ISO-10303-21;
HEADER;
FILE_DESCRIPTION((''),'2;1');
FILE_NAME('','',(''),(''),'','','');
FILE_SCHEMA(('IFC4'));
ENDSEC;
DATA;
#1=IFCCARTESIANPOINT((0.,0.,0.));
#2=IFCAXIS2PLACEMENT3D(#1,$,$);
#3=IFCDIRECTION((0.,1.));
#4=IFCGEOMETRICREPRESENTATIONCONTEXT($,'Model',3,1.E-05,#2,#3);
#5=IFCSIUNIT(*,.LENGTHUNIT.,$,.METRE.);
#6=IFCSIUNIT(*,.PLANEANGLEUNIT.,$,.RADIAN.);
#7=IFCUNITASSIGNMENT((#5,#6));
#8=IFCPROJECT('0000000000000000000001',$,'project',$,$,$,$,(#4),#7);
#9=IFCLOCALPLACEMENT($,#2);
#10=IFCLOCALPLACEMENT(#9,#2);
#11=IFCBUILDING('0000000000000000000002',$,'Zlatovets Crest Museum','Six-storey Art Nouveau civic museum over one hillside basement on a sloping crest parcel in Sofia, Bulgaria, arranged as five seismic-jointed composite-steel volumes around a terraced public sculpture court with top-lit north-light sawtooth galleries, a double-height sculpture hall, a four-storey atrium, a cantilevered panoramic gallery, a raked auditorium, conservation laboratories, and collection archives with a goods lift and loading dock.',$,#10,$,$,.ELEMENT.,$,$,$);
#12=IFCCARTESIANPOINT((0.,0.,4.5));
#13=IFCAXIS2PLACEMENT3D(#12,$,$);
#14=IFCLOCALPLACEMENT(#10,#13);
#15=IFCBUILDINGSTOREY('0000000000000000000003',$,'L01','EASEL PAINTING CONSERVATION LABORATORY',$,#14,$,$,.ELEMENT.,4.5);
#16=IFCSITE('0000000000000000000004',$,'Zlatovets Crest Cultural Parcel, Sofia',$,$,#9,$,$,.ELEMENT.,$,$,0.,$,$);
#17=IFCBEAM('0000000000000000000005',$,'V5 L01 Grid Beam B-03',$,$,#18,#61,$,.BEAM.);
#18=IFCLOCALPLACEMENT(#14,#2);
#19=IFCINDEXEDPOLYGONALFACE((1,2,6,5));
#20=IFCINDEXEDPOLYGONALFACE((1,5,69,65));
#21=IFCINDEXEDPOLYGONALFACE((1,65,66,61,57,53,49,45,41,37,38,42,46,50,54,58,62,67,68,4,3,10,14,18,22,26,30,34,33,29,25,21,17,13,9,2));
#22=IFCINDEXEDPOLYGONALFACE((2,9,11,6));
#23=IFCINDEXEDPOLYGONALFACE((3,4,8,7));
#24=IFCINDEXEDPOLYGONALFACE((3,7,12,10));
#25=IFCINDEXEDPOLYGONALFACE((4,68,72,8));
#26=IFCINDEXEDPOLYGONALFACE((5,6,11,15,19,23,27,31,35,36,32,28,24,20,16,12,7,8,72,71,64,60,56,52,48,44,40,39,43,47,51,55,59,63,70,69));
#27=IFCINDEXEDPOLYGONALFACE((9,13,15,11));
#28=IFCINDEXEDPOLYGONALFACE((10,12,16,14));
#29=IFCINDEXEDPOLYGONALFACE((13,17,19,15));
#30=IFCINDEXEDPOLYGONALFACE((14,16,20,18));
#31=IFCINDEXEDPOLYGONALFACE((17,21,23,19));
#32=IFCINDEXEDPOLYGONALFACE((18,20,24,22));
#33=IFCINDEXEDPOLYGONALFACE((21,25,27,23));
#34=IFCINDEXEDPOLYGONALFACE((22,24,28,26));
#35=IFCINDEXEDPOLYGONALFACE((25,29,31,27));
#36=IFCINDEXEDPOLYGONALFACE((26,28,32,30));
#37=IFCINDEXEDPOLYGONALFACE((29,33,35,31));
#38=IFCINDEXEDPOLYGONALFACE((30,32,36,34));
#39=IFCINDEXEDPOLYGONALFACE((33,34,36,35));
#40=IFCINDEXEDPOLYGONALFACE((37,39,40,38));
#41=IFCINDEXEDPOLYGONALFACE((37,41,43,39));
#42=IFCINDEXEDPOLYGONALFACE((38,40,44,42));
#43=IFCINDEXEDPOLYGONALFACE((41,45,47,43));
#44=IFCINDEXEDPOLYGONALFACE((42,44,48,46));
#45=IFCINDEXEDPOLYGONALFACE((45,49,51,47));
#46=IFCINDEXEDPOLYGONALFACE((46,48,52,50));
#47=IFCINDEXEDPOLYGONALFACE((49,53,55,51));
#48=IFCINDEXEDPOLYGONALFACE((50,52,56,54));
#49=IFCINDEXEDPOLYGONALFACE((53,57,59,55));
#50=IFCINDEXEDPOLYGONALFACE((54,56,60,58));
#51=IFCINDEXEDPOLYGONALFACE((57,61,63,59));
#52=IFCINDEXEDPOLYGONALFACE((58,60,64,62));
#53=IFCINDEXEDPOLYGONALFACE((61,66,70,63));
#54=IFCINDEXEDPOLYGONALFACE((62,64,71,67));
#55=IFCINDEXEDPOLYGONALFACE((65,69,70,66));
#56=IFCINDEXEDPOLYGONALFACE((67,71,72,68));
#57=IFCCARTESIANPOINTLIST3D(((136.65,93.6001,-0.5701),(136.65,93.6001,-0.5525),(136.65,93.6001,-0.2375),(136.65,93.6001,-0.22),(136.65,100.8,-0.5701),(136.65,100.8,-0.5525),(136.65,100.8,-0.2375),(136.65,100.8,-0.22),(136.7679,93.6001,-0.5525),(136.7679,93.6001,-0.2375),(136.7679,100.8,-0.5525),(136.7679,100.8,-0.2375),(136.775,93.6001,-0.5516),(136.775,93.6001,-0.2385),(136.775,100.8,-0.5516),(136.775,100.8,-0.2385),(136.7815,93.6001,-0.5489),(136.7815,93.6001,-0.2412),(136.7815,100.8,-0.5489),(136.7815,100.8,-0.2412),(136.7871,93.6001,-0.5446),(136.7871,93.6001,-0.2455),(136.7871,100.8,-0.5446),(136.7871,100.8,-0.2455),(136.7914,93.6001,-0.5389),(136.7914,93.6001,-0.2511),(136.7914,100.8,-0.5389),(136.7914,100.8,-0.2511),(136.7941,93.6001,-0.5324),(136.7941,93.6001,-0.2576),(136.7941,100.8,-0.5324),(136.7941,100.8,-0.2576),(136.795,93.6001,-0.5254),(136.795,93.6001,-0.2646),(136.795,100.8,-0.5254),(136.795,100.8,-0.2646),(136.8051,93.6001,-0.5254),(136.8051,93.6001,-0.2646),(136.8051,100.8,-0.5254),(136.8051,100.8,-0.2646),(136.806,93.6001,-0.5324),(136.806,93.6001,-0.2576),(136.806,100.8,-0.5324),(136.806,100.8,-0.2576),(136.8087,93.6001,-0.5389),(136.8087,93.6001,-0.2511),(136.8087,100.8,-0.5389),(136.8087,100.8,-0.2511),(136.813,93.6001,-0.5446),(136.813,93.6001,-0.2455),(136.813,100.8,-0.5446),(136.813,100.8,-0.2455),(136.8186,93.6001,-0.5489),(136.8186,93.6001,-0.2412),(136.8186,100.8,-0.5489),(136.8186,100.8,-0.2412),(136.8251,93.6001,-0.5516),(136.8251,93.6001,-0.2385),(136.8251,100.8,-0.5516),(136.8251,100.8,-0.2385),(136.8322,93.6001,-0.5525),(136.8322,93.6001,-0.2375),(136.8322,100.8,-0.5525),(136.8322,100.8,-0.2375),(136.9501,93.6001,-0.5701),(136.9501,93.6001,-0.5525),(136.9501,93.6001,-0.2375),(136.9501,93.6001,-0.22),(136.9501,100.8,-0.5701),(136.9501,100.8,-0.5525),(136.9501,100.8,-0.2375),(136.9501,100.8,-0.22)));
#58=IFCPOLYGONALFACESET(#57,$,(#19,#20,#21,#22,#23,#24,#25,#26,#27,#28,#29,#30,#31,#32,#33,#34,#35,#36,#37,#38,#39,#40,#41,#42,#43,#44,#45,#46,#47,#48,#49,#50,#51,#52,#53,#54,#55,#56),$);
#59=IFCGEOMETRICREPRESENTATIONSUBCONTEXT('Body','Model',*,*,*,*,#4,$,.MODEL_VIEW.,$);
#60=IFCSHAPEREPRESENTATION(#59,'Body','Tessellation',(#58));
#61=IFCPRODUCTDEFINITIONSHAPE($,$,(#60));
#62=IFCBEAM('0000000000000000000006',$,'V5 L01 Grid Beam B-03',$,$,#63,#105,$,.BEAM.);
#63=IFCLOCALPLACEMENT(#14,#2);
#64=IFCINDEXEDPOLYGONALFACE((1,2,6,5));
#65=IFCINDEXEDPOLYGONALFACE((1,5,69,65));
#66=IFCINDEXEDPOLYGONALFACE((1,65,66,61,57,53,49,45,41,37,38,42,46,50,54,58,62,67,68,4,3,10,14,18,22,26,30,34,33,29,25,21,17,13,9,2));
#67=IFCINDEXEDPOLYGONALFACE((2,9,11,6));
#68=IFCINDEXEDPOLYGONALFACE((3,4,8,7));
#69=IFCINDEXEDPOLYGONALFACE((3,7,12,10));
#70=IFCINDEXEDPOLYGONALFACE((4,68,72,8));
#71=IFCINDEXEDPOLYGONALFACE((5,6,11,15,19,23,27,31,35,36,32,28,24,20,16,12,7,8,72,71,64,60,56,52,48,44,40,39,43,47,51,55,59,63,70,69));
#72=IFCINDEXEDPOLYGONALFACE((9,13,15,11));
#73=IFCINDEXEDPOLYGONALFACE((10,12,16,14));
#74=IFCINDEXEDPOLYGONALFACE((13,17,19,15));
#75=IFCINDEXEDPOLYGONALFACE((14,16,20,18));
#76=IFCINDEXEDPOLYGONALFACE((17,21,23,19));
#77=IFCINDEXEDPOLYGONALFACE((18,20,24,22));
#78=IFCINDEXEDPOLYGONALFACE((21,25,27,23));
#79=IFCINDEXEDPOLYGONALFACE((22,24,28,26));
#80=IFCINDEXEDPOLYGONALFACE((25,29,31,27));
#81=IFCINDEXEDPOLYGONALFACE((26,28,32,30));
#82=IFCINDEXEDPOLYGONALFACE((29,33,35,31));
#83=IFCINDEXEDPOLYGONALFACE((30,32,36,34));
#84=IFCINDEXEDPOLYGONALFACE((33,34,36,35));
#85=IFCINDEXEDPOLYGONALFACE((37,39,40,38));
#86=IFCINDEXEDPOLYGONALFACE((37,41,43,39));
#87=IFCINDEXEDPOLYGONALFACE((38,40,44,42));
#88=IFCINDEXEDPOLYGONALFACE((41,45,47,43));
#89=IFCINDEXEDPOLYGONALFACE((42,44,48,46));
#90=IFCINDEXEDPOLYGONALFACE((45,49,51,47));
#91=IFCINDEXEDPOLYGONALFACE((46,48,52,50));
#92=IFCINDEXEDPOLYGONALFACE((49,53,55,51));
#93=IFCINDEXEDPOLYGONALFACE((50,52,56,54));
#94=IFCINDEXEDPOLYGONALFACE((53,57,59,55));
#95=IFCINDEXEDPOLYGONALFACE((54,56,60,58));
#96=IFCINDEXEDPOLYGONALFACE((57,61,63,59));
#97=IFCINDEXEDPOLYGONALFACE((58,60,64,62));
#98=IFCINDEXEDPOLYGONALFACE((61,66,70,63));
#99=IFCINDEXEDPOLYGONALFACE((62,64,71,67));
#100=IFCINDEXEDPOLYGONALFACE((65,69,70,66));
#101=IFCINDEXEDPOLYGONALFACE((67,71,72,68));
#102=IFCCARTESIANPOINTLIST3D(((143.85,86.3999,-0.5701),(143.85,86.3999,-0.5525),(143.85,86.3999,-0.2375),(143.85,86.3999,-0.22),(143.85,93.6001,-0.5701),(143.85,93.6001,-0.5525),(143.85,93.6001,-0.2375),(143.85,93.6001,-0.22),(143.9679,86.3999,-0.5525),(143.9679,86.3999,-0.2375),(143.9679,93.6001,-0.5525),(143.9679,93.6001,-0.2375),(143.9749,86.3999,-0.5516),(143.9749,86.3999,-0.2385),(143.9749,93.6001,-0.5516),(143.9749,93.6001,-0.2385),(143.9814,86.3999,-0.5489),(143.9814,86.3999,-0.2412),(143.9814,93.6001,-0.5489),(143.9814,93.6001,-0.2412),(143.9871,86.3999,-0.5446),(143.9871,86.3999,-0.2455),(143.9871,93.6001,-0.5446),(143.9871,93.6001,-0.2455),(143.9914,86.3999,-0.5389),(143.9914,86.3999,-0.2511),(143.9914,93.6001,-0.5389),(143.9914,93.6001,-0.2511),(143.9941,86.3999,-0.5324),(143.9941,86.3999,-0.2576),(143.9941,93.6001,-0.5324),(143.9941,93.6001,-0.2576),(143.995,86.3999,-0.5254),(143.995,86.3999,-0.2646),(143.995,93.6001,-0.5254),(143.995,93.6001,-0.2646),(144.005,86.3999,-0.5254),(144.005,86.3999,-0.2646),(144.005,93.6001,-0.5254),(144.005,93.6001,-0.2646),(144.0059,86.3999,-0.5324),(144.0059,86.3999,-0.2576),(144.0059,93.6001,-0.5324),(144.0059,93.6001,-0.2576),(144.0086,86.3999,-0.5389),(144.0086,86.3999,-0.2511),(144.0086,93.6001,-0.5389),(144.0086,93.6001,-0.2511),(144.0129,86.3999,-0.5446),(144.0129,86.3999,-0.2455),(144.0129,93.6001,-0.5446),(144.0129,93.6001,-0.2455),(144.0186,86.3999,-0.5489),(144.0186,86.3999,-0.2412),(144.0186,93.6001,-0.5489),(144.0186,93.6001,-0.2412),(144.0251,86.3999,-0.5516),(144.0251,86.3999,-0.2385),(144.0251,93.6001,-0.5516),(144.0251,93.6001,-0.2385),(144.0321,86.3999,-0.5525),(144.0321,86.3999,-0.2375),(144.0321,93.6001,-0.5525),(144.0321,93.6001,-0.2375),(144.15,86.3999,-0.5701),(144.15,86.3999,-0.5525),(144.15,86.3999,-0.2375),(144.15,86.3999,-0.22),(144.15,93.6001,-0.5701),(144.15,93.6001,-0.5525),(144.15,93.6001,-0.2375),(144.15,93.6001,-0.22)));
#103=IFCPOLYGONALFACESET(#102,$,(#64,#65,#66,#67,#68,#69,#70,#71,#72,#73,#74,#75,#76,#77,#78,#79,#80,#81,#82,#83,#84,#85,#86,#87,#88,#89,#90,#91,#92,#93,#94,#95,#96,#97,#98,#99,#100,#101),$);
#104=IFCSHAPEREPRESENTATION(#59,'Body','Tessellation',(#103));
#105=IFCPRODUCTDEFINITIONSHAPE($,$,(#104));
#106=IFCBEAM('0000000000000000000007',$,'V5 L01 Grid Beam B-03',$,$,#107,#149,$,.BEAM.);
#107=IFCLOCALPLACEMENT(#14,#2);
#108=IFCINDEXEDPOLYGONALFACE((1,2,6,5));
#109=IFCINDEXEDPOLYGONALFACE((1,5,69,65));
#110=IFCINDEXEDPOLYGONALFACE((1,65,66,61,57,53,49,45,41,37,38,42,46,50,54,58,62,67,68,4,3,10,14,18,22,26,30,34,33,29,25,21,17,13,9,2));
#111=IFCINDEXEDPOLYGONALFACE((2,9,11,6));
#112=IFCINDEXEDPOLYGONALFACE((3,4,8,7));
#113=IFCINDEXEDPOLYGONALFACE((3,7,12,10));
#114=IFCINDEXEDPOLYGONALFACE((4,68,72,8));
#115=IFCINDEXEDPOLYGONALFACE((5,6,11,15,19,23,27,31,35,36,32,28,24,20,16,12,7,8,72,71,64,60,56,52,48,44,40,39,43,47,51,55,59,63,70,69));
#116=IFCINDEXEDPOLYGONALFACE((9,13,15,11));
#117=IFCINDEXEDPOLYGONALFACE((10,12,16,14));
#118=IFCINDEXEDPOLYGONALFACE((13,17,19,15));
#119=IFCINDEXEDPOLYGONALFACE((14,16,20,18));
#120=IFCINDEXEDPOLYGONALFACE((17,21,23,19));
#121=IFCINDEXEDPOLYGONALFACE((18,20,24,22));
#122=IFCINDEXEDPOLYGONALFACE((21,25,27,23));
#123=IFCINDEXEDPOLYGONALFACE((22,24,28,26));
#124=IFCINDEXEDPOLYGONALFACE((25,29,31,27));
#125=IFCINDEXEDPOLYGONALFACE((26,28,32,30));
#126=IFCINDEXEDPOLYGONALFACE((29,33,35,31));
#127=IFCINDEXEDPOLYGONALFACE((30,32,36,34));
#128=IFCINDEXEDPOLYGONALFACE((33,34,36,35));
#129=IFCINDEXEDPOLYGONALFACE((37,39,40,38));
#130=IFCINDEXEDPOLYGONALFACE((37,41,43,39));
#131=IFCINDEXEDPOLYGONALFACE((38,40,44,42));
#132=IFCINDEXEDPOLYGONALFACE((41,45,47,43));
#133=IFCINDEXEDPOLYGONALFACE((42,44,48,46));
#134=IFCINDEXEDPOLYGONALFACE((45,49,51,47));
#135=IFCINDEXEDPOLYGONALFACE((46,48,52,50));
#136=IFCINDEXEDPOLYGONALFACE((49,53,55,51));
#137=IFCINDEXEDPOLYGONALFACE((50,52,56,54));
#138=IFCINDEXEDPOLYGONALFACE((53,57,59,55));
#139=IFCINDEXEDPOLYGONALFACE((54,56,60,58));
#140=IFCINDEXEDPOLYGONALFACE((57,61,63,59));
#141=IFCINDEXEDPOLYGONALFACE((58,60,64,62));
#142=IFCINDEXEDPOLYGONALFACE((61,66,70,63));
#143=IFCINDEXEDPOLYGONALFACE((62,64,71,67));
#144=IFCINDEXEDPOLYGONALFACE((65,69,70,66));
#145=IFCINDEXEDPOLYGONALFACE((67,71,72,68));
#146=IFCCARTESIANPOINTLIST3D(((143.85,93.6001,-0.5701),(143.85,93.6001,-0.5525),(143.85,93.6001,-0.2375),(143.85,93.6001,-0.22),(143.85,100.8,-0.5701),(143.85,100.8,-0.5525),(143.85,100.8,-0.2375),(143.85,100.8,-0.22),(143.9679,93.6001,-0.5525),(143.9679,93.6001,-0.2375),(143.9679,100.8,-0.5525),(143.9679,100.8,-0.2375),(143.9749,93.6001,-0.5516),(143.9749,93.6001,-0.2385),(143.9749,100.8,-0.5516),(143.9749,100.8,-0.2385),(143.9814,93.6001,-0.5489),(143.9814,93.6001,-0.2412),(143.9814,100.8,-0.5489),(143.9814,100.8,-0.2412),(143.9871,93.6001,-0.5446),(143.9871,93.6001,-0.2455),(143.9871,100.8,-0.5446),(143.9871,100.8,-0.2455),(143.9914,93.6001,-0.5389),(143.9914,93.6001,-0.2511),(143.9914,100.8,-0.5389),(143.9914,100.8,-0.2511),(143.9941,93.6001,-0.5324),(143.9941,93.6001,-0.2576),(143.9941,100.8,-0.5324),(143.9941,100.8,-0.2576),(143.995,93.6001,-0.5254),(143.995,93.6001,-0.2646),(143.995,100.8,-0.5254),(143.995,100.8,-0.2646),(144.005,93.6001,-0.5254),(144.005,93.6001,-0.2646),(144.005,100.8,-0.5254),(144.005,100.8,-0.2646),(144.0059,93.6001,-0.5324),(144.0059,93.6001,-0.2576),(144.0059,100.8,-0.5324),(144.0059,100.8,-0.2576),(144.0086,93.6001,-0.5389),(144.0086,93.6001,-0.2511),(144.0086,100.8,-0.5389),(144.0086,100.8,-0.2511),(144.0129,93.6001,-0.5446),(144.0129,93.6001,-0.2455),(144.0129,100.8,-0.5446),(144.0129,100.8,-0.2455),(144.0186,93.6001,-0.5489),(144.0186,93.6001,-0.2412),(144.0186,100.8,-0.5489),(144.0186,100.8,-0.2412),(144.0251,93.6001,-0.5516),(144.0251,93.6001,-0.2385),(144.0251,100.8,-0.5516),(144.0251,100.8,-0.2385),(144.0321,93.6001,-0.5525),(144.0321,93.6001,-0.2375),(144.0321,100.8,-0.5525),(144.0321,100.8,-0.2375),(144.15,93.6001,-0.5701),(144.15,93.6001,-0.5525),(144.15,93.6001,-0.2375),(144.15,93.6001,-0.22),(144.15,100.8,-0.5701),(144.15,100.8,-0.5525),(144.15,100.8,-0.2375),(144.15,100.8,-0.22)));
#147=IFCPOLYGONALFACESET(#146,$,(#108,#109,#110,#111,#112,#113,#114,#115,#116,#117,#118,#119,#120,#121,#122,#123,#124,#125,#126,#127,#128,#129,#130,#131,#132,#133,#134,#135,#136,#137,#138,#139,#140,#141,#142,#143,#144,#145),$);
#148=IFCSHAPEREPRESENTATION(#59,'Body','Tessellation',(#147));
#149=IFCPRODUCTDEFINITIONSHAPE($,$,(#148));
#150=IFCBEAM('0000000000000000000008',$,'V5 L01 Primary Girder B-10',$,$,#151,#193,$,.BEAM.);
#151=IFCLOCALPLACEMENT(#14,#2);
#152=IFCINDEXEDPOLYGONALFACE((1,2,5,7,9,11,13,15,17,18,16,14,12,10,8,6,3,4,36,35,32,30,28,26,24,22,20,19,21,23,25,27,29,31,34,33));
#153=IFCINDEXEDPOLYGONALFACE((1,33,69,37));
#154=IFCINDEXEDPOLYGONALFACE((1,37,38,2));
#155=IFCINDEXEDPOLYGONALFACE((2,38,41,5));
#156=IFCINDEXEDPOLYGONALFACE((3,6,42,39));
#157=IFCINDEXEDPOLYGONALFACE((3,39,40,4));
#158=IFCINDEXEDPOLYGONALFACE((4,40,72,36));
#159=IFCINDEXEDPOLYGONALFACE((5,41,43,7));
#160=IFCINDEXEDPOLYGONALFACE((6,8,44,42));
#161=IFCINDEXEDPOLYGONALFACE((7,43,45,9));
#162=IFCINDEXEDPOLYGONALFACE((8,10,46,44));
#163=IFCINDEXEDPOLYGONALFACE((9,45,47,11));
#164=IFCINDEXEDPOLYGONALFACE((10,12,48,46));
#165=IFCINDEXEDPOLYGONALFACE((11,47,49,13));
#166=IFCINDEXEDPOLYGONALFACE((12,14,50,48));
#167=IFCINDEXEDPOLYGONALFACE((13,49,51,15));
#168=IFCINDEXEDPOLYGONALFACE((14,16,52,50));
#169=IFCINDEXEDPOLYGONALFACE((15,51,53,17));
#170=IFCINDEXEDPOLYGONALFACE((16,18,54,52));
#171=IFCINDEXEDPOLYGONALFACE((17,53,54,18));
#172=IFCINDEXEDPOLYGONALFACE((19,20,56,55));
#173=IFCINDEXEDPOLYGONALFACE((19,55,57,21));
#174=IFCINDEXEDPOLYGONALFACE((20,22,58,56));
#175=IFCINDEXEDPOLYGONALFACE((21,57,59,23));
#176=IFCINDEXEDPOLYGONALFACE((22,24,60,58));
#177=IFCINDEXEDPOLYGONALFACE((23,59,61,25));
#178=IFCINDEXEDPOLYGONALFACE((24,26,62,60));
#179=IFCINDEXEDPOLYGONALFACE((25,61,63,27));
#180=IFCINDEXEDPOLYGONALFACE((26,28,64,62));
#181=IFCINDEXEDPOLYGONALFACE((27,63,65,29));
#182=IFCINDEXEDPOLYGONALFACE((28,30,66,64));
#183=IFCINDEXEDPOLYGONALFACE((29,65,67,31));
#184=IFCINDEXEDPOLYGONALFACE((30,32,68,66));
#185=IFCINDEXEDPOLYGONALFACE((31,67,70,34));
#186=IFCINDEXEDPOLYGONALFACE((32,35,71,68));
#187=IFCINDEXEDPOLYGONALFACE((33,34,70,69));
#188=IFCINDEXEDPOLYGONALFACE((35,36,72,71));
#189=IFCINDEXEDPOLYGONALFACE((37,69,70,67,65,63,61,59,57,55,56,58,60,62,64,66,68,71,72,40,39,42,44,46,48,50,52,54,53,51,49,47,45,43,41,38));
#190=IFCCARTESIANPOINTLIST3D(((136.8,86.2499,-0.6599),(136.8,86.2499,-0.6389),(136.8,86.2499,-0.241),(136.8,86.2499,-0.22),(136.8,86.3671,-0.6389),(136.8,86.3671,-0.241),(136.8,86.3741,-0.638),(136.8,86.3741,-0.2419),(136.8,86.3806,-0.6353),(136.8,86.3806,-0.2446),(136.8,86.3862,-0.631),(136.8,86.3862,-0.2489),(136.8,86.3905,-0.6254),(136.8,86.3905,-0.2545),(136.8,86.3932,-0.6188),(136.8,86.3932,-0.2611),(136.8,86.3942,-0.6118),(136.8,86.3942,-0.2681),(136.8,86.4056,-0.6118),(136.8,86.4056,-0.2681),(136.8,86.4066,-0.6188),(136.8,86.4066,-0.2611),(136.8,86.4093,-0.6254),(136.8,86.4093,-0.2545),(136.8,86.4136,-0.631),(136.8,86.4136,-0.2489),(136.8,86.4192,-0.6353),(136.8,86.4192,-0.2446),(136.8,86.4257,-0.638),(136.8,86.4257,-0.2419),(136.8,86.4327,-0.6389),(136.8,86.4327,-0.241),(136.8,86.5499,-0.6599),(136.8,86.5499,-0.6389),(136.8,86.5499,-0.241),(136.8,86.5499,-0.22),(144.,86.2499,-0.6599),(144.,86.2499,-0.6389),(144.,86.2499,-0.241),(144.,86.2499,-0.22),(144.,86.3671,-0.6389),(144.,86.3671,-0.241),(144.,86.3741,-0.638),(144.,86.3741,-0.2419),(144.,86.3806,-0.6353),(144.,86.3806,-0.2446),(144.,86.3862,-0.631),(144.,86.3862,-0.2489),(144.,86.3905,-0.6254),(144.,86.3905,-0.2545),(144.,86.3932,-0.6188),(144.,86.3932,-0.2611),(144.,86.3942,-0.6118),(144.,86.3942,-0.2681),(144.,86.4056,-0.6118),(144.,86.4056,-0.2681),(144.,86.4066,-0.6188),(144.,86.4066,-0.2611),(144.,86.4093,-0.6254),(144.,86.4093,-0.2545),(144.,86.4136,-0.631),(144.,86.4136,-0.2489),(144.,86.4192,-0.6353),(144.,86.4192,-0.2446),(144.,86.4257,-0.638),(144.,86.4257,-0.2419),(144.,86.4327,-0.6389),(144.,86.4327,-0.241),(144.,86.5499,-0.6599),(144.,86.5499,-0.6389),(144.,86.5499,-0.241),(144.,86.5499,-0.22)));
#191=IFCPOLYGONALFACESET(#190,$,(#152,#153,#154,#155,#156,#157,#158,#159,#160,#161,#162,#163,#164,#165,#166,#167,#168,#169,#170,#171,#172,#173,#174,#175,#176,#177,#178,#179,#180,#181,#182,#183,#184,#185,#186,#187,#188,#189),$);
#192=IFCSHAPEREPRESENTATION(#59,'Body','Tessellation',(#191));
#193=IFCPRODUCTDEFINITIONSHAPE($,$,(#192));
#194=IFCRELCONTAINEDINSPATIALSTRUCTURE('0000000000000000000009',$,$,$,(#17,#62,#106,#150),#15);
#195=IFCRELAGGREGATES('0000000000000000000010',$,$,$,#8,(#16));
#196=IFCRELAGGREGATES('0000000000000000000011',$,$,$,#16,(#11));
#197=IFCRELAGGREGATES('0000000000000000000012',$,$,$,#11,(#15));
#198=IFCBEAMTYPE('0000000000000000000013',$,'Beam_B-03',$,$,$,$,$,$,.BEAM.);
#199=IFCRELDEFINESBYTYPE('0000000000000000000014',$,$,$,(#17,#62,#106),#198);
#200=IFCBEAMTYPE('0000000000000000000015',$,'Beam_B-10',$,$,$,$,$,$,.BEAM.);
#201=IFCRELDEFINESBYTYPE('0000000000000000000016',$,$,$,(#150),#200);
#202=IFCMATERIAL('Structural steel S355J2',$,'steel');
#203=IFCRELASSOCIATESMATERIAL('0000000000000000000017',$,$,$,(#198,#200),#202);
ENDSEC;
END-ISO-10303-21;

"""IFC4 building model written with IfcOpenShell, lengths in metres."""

from ifc_helpers import new_model, si_unit, direction, frame, origin, origin_2d, place, context, subcontext, project, spatial, i_section, extrude, material, material_profile, profile_set, type_object, element, save


model = new_model("IFC4")

# Units and contexts
model_context = context("Model", 3, precision=1e-05, world=origin(), true_north=direction((0.0, 1.0)))
body_context = subcontext(model_context, "Body", "Model", "MODEL_VIEW")
ifc_project = project(units=[si_unit("LENGTHUNIT", "METRE"), si_unit("PLANEANGLEUNIT", "RADIAN")], contexts=[model_context])

# Site, building, storey
site_placement = place(None, origin())
site = spatial("IfcSite", under=ifc_project, at=site_placement, Name="Zlatovets Crest Cultural Parcel, Sofia", CompositionType="ELEMENT", RefElevation=0.0)
building_placement = place(site_placement, origin())
building = spatial("IfcBuilding", under=site, at=building_placement, Name="Zlatovets Crest Museum", Description="Six-storey Art Nouveau civic museum over one hillside basement on a sloping crest parcel in Sofia, Bulgaria, arranged as five seismic-jointed composite-steel volumes around a terraced public sculpture court with top-lit north-light sawtooth galleries, a double-height sculpture hall, a four-storey atrium, a cantilevered panoramic gallery, a raked auditorium, conservation laboratories, and collection archives with a goods lift and loading dock.", CompositionType="ELEMENT")
storey_placement = place(building_placement, frame((0.0, 0.0, 4.5)))
storey = spatial("IfcBuildingStorey", under=building, at=storey_placement, Name="L01", Description="EASEL PAINTING CONSERVATION LABORATORY", CompositionType="ELEMENT", Elevation=4.5)

# Shared definitions
ifc_material_1 = material(Name="Structural steel S355J2", Category="steel")

# Beams
ifc_material_profile_1 = material_profile(ifc_material_1, i_section(OverallWidth=0.3, OverallDepth=0.3501, WebThickness=0.01, FlangeThickness=0.0176, FilletRadius=0.0271, at=origin_2d()), Name="HEA 360")
ifc_profile_set_1 = profile_set([ifc_material_profile_1], Name="Structural steel S355J2")
beam_type_1 = type_object("IfcBeamType", Name="Beam_B-03", PredefinedType="BEAM", material=ifc_profile_set_1)
beam_1_placement = place(storey_placement, frame((136.8, 93.6001, -0.395), z_axis=(0.0, 1.0, 0.0), x_axis=(-1.0, 0.0, 0.0)))
element("IfcBeam", 1, at=beam_1_placement, inside=storey, type_object=beam_type_1, Name="V5 L01 Grid Beam B-03", PredefinedType="BEAM", context=body_context, shape_type="SweptSolid", body=[
    extrude(i_section(OverallWidth=0.3, OverallDepth=0.3501, WebThickness=0.01, FlangeThickness=0.0176, FilletRadius=0.0271, at=origin_2d()), origin(), (0.0, 0.0, 1.0), 7.2),
])
beam_2_placement = place(storey_placement, frame((144.0, 86.3999, -0.395), z_axis=(0.0, 1.0, 0.0), x_axis=(-1.0, 0.0, 0.0)))
element("IfcBeam", 2, at=beam_2_placement, inside=storey, type_object=beam_type_1, Name="V5 L01 Grid Beam B-03", PredefinedType="BEAM", context=body_context, shape_type="SweptSolid", body=[
    extrude(i_section(OverallWidth=0.3, OverallDepth=0.3501, WebThickness=0.01, FlangeThickness=0.0176, FilletRadius=0.0271, at=origin_2d()), origin(), (0.0, 0.0, 1.0), 7.2002),
])
beam_3_placement = place(storey_placement, frame((144.0, 93.6001, -0.395), z_axis=(0.0, 1.0, 0.0), x_axis=(-1.0, 0.0, 0.0)))
element("IfcBeam", 3, at=beam_3_placement, inside=storey, type_object=beam_type_1, Name="V5 L01 Grid Beam B-03", PredefinedType="BEAM", context=body_context, shape_type="SweptSolid", body=[
    extrude(i_section(OverallWidth=0.3, OverallDepth=0.3501, WebThickness=0.01, FlangeThickness=0.0176, FilletRadius=0.0271, at=origin_2d()), origin(), (0.0, 0.0, 1.0), 7.2),
])
ifc_material_profile_2 = material_profile(ifc_material_1, i_section(OverallWidth=0.3, OverallDepth=0.4399, WebThickness=0.0115, FlangeThickness=0.021, FilletRadius=0.0271, at=origin_2d()), Name="HEA 450")
ifc_profile_set_2 = profile_set([ifc_material_profile_2], Name="Structural steel S355J2")
beam_type_2 = type_object("IfcBeamType", Name="Beam_B-10", PredefinedType="BEAM", material=ifc_profile_set_2)
for number, where, z_axis, x_axis, name in (
    (4, (136.8, 86.3999, -0.4399), (1.0, 0.0, 0.0), (0.0, 1.0, 0.0), "V5 L01 Primary Girder B-10"),
):
    element("IfcBeam", number, at=place(storey_placement, frame(where, z_axis=z_axis, x_axis=x_axis)), inside=storey, type_object=beam_type_2, Name=name, PredefinedType="BEAM", context=body_context, shape_type="SweptSolid", body=[
        extrude(i_section(OverallWidth=0.3, OverallDepth=0.4399, WebThickness=0.0115, FlangeThickness=0.021, FilletRadius=0.0271, at=origin_2d()), origin(), (0.0, 0.0, 1.0), 7.2),
    ])

save(model, "model.ifc")
